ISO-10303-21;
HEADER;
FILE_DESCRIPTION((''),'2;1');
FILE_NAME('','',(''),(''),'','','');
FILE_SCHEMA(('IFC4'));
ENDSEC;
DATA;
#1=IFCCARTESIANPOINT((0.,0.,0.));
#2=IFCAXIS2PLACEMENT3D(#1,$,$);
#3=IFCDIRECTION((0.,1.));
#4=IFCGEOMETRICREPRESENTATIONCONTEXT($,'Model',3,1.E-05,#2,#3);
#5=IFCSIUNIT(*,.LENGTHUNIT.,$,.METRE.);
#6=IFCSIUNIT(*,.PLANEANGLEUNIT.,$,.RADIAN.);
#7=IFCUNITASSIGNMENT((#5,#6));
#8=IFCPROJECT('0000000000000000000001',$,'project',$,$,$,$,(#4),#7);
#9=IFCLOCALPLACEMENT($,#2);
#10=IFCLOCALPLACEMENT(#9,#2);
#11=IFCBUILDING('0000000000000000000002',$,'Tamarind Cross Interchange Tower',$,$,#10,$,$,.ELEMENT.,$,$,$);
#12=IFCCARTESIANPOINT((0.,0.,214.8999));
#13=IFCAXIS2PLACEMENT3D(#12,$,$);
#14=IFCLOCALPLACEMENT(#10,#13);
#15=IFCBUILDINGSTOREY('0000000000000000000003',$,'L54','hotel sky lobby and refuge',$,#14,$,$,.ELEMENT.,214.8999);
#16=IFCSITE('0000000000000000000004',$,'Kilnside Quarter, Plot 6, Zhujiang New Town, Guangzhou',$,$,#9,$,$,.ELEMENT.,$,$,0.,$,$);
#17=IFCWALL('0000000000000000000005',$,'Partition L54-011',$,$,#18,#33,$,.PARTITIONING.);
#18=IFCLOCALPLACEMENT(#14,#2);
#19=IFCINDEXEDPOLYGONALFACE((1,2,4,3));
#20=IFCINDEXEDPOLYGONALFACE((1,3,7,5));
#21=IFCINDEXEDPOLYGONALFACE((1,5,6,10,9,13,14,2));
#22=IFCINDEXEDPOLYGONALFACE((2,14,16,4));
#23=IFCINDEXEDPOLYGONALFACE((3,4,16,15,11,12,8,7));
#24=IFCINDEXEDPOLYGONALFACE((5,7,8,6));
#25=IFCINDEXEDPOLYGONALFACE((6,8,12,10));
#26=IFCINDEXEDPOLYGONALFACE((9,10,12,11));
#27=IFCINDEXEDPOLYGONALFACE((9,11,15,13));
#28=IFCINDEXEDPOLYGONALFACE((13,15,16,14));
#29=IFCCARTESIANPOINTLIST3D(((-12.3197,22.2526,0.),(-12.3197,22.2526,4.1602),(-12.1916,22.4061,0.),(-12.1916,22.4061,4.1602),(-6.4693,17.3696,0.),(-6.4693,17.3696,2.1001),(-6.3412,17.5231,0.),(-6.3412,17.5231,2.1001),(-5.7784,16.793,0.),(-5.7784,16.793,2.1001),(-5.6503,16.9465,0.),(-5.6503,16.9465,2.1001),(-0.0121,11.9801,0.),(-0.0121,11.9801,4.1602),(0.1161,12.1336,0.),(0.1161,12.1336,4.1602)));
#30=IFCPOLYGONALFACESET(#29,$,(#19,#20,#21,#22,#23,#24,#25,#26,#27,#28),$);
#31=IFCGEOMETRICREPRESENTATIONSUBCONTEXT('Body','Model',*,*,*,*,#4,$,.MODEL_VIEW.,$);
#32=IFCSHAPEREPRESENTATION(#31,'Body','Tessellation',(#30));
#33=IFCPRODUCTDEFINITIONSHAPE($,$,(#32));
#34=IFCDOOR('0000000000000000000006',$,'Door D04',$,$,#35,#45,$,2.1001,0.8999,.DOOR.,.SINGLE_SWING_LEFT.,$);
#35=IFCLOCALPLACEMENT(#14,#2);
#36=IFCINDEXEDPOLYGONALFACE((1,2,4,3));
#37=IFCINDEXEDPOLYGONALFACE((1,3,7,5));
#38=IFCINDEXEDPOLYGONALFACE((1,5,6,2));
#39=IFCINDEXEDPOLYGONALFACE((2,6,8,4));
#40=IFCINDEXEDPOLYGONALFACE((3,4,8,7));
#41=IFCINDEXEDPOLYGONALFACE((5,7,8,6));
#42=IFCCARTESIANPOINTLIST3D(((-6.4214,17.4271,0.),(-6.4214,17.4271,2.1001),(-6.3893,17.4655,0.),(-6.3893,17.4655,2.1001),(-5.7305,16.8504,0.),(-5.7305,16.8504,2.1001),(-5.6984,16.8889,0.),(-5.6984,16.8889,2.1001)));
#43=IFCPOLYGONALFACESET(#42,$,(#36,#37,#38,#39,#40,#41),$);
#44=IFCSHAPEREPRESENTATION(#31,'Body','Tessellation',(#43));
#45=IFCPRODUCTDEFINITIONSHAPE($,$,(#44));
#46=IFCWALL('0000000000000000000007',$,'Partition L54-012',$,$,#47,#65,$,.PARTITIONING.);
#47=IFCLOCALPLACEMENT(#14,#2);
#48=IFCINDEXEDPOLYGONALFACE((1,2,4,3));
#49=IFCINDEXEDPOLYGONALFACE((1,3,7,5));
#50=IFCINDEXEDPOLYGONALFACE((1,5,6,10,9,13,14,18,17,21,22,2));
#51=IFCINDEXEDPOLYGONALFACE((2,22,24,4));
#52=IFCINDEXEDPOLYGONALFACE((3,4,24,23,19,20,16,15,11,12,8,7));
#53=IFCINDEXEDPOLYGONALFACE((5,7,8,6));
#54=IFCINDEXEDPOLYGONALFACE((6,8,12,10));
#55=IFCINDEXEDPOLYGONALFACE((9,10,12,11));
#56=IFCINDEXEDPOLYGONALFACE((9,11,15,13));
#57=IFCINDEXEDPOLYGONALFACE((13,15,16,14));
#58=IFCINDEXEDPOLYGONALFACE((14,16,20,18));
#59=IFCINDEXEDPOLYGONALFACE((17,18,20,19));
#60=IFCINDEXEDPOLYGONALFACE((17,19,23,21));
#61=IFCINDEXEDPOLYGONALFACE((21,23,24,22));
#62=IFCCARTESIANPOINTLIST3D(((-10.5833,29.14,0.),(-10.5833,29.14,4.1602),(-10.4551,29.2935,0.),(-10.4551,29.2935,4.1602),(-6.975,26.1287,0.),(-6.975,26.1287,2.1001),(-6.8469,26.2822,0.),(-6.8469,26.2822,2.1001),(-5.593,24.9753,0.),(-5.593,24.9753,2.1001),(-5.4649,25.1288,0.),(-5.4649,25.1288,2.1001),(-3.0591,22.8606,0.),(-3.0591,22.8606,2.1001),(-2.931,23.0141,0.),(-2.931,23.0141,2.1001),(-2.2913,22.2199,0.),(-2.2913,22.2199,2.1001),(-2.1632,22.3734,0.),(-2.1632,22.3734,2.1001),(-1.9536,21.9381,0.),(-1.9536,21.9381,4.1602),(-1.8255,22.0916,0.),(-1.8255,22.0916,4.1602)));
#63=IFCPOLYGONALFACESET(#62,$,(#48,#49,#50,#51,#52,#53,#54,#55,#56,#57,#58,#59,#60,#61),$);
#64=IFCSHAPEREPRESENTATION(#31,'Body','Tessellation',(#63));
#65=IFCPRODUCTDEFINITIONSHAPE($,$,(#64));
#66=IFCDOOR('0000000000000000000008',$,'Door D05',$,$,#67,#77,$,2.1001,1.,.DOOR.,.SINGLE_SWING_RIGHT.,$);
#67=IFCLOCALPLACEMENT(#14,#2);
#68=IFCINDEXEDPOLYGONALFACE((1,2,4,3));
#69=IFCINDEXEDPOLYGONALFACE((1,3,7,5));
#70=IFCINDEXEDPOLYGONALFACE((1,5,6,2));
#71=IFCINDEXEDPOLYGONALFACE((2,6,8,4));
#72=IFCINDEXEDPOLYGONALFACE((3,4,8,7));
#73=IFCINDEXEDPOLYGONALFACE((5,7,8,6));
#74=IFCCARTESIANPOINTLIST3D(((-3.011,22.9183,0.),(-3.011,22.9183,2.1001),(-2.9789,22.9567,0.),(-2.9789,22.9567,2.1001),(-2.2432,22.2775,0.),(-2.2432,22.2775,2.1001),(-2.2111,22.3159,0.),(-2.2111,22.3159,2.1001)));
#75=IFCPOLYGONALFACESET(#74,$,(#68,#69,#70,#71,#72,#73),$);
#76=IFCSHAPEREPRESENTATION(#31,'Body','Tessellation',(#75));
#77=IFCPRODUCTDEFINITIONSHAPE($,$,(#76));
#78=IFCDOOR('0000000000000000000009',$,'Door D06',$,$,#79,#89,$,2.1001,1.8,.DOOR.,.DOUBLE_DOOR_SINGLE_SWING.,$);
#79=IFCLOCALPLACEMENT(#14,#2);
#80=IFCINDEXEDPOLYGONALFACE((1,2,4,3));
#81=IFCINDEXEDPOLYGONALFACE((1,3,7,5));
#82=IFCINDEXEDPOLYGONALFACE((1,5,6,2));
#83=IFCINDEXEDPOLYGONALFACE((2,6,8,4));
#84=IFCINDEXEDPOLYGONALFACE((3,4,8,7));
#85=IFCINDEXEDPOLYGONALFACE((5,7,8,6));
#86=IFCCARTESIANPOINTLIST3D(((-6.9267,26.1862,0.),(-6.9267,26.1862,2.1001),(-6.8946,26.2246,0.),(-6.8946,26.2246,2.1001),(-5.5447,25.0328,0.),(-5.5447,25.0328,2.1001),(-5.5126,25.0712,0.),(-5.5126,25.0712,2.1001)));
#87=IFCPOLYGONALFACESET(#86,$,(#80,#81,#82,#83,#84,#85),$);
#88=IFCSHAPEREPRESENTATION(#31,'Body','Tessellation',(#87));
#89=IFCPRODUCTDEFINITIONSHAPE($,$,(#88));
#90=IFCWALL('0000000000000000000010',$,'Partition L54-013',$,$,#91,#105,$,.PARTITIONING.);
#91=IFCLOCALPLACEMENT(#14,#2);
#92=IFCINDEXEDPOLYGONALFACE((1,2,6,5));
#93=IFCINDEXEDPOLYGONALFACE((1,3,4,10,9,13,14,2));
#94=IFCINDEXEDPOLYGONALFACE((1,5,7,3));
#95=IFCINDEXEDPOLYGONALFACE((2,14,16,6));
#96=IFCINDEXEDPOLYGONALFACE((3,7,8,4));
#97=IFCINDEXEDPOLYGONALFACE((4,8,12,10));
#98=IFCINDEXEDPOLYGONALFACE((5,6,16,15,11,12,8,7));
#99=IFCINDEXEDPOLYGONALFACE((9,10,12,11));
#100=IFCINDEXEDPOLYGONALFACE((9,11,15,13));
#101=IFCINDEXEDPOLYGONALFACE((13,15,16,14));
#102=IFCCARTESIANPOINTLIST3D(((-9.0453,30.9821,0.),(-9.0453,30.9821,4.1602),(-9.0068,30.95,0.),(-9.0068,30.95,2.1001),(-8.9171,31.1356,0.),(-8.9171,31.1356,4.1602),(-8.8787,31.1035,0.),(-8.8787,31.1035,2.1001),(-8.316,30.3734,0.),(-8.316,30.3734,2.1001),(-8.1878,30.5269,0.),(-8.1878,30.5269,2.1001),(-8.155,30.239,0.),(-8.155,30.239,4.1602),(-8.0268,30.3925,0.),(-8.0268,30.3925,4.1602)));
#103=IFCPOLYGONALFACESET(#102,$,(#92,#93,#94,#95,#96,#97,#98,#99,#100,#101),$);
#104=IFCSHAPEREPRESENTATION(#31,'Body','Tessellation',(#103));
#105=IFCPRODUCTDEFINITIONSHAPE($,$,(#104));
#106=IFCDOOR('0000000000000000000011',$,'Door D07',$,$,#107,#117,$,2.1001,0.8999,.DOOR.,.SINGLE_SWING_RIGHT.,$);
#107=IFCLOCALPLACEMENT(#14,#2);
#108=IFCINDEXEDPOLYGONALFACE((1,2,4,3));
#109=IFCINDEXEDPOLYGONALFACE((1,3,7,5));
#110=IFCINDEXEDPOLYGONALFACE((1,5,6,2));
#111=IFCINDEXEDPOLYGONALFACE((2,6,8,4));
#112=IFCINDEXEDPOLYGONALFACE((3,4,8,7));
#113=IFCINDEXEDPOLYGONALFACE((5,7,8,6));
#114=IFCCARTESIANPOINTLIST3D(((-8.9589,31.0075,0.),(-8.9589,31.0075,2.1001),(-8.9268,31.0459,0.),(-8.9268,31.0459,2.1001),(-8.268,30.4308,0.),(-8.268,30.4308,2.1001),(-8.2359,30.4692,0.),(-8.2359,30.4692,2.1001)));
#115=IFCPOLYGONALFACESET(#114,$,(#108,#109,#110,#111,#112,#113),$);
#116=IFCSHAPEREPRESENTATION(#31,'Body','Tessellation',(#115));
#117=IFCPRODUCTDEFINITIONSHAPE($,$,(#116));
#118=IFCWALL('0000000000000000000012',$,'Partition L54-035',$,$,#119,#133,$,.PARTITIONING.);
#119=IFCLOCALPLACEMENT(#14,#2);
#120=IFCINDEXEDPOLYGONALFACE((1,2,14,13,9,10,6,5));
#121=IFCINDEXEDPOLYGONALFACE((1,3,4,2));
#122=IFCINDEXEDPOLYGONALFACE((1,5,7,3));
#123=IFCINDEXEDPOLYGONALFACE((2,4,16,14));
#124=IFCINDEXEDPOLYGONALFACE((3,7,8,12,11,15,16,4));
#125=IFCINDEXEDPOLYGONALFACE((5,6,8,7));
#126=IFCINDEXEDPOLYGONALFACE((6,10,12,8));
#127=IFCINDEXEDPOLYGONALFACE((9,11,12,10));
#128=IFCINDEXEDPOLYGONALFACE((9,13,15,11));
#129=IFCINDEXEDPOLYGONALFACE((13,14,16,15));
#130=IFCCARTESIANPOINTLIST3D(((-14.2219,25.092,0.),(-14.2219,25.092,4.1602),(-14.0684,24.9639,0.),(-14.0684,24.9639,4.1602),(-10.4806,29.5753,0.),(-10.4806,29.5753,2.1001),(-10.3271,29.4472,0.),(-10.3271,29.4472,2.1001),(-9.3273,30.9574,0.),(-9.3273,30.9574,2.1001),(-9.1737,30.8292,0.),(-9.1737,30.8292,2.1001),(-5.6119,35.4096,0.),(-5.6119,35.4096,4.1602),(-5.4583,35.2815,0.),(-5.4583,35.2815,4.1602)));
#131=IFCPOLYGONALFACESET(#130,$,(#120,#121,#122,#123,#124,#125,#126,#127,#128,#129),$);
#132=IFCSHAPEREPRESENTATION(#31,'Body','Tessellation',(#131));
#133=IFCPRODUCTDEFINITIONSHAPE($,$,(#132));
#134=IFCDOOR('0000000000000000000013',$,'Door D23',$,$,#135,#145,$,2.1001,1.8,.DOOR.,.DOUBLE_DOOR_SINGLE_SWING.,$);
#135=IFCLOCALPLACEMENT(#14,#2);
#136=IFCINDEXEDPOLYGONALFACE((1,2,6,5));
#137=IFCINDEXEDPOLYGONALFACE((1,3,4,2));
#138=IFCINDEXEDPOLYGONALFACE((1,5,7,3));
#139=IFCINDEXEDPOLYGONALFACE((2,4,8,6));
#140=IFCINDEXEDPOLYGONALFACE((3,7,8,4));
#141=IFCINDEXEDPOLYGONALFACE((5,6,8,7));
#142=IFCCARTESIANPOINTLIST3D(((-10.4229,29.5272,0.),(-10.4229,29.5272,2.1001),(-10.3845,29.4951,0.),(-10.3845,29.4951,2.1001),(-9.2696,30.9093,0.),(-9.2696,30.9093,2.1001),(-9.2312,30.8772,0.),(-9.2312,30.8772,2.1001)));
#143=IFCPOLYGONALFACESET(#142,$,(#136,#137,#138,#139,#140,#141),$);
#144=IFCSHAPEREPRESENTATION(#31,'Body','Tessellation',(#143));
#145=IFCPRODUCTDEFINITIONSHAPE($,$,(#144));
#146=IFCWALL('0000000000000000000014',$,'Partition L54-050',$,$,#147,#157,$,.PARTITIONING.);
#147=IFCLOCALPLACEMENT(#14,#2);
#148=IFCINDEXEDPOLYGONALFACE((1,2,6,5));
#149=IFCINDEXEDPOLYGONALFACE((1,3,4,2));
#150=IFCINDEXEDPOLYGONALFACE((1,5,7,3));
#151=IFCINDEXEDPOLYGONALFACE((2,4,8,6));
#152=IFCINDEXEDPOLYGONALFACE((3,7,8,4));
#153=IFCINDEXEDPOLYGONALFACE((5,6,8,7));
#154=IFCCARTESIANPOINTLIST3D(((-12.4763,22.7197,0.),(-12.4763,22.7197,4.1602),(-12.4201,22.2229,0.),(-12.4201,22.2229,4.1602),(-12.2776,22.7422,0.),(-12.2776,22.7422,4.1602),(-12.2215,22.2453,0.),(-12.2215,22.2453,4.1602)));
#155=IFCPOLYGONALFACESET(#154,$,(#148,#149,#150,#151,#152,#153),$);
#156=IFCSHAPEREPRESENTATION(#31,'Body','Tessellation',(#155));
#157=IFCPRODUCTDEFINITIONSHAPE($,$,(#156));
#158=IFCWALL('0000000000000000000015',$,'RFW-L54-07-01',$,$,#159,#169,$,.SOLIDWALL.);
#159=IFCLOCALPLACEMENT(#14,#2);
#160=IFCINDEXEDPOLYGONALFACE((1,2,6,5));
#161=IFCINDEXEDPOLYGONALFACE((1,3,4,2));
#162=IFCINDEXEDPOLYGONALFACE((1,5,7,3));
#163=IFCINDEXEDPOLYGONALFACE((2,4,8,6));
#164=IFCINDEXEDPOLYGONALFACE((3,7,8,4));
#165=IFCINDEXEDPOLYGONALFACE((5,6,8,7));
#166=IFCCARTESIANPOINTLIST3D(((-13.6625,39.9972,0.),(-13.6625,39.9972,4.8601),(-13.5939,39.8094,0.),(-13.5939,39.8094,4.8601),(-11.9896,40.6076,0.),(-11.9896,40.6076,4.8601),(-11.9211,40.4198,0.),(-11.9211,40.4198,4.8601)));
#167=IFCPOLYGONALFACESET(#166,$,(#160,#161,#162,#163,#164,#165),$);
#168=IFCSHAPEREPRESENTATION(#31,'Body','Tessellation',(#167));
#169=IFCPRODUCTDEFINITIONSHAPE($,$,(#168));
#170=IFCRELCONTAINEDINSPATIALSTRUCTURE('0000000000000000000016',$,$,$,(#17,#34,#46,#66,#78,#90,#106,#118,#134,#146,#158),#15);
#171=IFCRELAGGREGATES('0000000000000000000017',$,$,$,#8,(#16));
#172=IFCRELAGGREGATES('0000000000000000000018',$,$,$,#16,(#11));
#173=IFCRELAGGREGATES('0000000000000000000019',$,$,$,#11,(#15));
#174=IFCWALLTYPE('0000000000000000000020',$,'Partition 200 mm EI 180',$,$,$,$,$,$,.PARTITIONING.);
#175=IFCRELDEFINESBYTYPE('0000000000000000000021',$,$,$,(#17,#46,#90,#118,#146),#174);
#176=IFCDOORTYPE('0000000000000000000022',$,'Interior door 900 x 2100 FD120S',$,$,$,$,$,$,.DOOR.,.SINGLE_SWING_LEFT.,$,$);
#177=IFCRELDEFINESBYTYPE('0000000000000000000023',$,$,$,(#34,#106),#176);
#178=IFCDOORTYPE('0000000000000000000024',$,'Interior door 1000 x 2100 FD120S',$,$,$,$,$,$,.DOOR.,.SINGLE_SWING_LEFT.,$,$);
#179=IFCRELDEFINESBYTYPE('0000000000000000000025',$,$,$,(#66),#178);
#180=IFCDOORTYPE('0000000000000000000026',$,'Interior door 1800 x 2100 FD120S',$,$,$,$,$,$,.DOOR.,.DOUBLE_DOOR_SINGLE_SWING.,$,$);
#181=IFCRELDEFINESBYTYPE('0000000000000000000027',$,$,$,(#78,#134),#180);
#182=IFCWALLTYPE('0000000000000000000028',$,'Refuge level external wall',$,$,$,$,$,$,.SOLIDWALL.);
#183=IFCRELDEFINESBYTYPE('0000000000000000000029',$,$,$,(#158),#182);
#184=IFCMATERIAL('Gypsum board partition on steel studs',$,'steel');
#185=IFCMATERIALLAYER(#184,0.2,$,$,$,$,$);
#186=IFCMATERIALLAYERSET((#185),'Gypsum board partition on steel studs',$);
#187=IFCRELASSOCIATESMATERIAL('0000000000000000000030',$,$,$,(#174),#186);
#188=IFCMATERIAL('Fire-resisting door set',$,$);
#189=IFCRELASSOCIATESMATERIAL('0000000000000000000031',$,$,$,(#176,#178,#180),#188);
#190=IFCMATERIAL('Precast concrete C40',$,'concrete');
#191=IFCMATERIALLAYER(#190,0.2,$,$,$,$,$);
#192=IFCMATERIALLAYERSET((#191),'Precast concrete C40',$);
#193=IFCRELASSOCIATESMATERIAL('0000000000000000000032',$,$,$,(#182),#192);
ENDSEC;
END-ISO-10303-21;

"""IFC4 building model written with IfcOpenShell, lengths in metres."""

from ifc_helpers import new_model, si_unit, direction, frame, frame_2d, origin, place, context, subcontext, project, spatial, rectangle, extrude, material, layer, layer_set, type_object, element, fill, save


model = new_model("IFC4")

# Units and contexts
model_context = context("Model", 3, precision=1e-05, world=origin(), true_north=direction((0.0, 1.0)))
body_context = subcontext(model_context, "Body", "Model", "MODEL_VIEW")
ifc_project = project(units=[si_unit("LENGTHUNIT", "METRE"), si_unit("PLANEANGLEUNIT", "RADIAN")], contexts=[model_context])

# Site, building, storey
site_placement = place(None, origin())
site = spatial("IfcSite", under=ifc_project, at=site_placement, Name="Kilnside Quarter, Plot 6, Zhujiang New Town, Guangzhou", CompositionType="ELEMENT", RefElevation=0.0)
building_placement = place(site_placement, origin())
building = spatial("IfcBuilding", under=site, at=building_placement, Name="Tamarind Cross Interchange Tower", CompositionType="ELEMENT")
storey_placement = place(building_placement, frame((0.0, 0.0, 214.8999)))
storey = spatial("IfcBuildingStorey", under=building, at=storey_placement, Name="L54", Description="hotel sky lobby and refuge", CompositionType="ELEMENT", Elevation=214.8999)

# Wall, opening, door
ifc_material_1 = material(Name="Gypsum board partition on steel studs", Category="steel")
ifc_layer_1 = layer(ifc_material_1, 0.2)
ifc_layer_set_1 = layer_set([ifc_layer_1], Name="Gypsum board partition on steel studs")
wall_type_1 = type_object("IfcWallType", Name="Partition 200 mm EI 180", PredefinedType="PARTITIONING", material=ifc_layer_set_1)
wall_1_placement = place(storey_placement, frame((-12.2556, 22.3293, 0.0), z_axis=(0.0, 0.0, 1.0), x_axis=(0.767727, -0.640777, 0.0)))
wall_1 = element("IfcWall", 1, at=wall_1_placement, inside=storey, type_object=wall_type_1, Name="Partition L54-011", PredefinedType="PARTITIONING", context=body_context, shape_type="SweptSolid", body=[
    extrude(rectangle(XDim=16.0312, YDim=0.2, at=frame_2d((8.0156, 0.0))), origin(), (0.0, 0.0, 1.0), 4.1602),
])
opening_1_placement = place(wall_1_placement, frame((7.6204, 0.0, 0.0)))
opening_1 = element("IfcOpeningElement", 2, at=opening_1_placement, cuts=wall_1, PredefinedType="OPENING", context=body_context, shape_type="SweptSolid", body=[
    extrude(rectangle(XDim=0.8999, YDim=2.1001, at=frame_2d((0.45, 1.05))), frame((0.0, 0.1099, 0.0), z_axis=(0.0, -1.0, 0.0), x_axis=(1.0, 0.0, 0.0)), (0.0, 0.0, 1.0), 0.22),
])
ifc_material_2 = material(Name="Fire-resisting door set")
door_type_1 = type_object("IfcDoorType", Name="Interior door 900 x 2100 FD120S", OperationType="SINGLE_SWING_LEFT", PredefinedType="DOOR", material=ifc_material_2)
door_1_placement = place(opening_1_placement, origin())
door_1 = element("IfcDoor", 3, at=door_1_placement, inside=storey, type_object=door_type_1, Name="Door D04", OperationType="SINGLE_SWING_LEFT", OverallHeight=2.1001, OverallWidth=0.8999, PredefinedType="DOOR", context=body_context, shape_type="SweptSolid", body=[
    extrude(rectangle(XDim=0.8999, YDim=2.1001, at=frame_2d((0.45, 1.05))), frame((0.0, 0.0249, 0.0), z_axis=(0.0, -1.0, 0.0), x_axis=(1.0, 0.0, 0.0)), (0.0, 0.0, 1.0), 0.05),
])
fill(opening_1, door_1)

# Wall, openings, doors
wall_2_placement = place(storey_placement, frame((-10.5193, 29.2168, 0.0), z_axis=(0.0, 0.0, 1.0), x_axis=(0.76776, -0.640738, 0.0)))
wall_2 = element("IfcWall", 4, at=wall_2_placement, inside=storey, type_object=wall_type_1, Name="Partition L54-012", PredefinedType="PARTITIONING", context=body_context, shape_type="SweptSolid", body=[
    extrude(rectangle(XDim=11.24, YDim=0.2, at=frame_2d((5.6201, 0.0))), origin(), (0.0, 0.0, 1.0), 4.1602),
])
opening_2_placement = place(wall_2_placement, frame((9.8003, 0.0, 0.0)))
opening_2 = element("IfcOpeningElement", 5, at=opening_2_placement, cuts=wall_2, PredefinedType="OPENING", context=body_context, shape_type="SweptSolid", body=[
    extrude(rectangle(XDim=1.0, YDim=2.1001, at=frame_2d((0.5, 1.05))), frame((0.0, 0.1099, 0.0), z_axis=(0.0, -1.0, 0.0), x_axis=(1.0, 0.0, 0.0)), (0.0, 0.0, 1.0), 0.22),
])
opening_3_placement = place(wall_2_placement, frame((4.7, 0.0, 0.0)))
opening_3 = element("IfcOpeningElement", 6, at=opening_3_placement, cuts=wall_2, PredefinedType="OPENING", context=body_context, shape_type="SweptSolid", body=[
    extrude(rectangle(XDim=1.8, YDim=2.1001, at=frame_2d((0.8999, 1.05))), frame((0.0, 0.1099, 0.0), z_axis=(0.0, -1.0, 0.0), x_axis=(1.0, 0.0, 0.0)), (0.0, 0.0, 1.0), 0.22),
])
door_type_2 = type_object("IfcDoorType", Name="Interior door 1000 x 2100 FD120S", OperationType="SINGLE_SWING_LEFT", PredefinedType="DOOR", material=ifc_material_2)
door_2_placement = place(opening_2_placement, frame((1.0, 0.0, 0.0), z_axis=(0.0, 0.0, 1.0), x_axis=(-1.0, 0.0, 0.0)))
door_2 = element("IfcDoor", 7, at=door_2_placement, inside=storey, type_object=door_type_2, Name="Door D05", OperationType="SINGLE_SWING_RIGHT", OverallHeight=2.1001, OverallWidth=1.0, PredefinedType="DOOR", context=body_context, shape_type="SweptSolid", body=[
    extrude(rectangle(XDim=1.0, YDim=2.1001, at=frame_2d((0.5, 1.05))), frame((0.0, 0.0249, 0.0), z_axis=(0.0, -1.0, 0.0), x_axis=(1.0, 0.0, 0.0)), (0.0, 0.0, 1.0), 0.05),
])
fill(opening_2, door_2)
door_type_3 = type_object("IfcDoorType", Name="Interior door 1800 x 2100 FD120S", OperationType="DOUBLE_DOOR_SINGLE_SWING", PredefinedType="DOOR", material=ifc_material_2)
door_3_placement = place(opening_3_placement, frame((1.8, 0.0, 0.0), z_axis=(0.0, 0.0, 1.0), x_axis=(-1.0, 0.0, 0.0)))
door_3 = element("IfcDoor", 8, at=door_3_placement, inside=storey, type_object=door_type_3, Name="Door D06", OperationType="DOUBLE_DOOR_SINGLE_SWING", OverallHeight=2.1001, OverallWidth=1.8, PredefinedType="DOOR", context=body_context, shape_type="SweptSolid", body=[
    extrude(rectangle(XDim=1.8, YDim=2.1001, at=frame_2d((0.8999, 1.05))), frame((0.0, 0.0249, 0.0), z_axis=(0.0, -1.0, 0.0), x_axis=(1.0, 0.0, 0.0)), (0.0, 0.0, 1.0), 0.05),
])
fill(opening_3, door_3)

# Walls, openings, doors
wall_3_placement = place(storey_placement, frame((-8.9812, 31.0588, 0.0), z_axis=(0.0, 0.0, 1.0), x_axis=(0.767721, -0.640785, 0.0)))
wall_3 = element("IfcWall", 9, at=wall_3_placement, inside=storey, type_object=wall_type_1, Name="Partition L54-013", PredefinedType="PARTITIONING", context=body_context, shape_type="SweptSolid", body=[
    extrude(rectangle(XDim=1.1597, YDim=0.2, at=frame_2d((0.5798, 0.0))), origin(), (0.0, 0.0, 1.0), 4.1602),
])
opening_4_placement = place(wall_3_placement, frame((0.05, 0.0, 0.0)))
opening_4 = element("IfcOpeningElement", 10, at=opening_4_placement, cuts=wall_3, PredefinedType="OPENING", context=body_context, shape_type="SweptSolid", body=[
    extrude(rectangle(XDim=0.8999, YDim=2.1001, at=frame_2d((0.45, 1.05))), frame((0.0, 0.1099, 0.0), z_axis=(0.0, -1.0, 0.0), x_axis=(1.0, 0.0, 0.0)), (0.0, 0.0, 1.0), 0.22),
])
door_4_placement = place(opening_4_placement, origin())
door_4 = element("IfcDoor", 11, at=door_4_placement, inside=storey, type_object=door_type_1, Name="Door D07", OperationType="SINGLE_SWING_RIGHT", OverallHeight=2.1001, OverallWidth=0.8999, PredefinedType="DOOR", context=body_context, shape_type="SweptSolid", body=[
    extrude(rectangle(XDim=0.8999, YDim=2.1001, at=frame_2d((0.45, 1.05))), frame((0.0, 0.0249, 0.0), z_axis=(0.0, -1.0, 0.0), x_axis=(1.0, 0.0, 0.0)), (0.0, 0.0, 1.0), 0.05),
])
fill(opening_4, door_4)
wall_4_placement = place(storey_placement, frame((-14.1453, 25.0278, 0.0), z_axis=(0.0, 0.0, 1.0), x_axis=(0.640715, 0.767779, 0.0)))
wall_4 = element("IfcWall", 12, at=wall_4_placement, inside=storey, type_object=wall_type_1, Name="Partition L54-035", PredefinedType="PARTITIONING", context=body_context, shape_type="SweptSolid", body=[
    extrude(rectangle(XDim=13.4382, YDim=0.2, at=frame_2d((6.7192, 0.0))), origin(), (0.0, 0.0, 1.0), 4.1602),
])
opening_5_placement = place(wall_4_placement, frame((5.8396, 0.0, 0.0)))
opening_5 = element("IfcOpeningElement", 13, at=opening_5_placement, cuts=wall_4, PredefinedType="OPENING", context=body_context, shape_type="SweptSolid", body=[
    extrude(rectangle(XDim=1.8, YDim=2.1001, at=frame_2d((0.8999, 1.05))), frame((0.0, 0.1099, 0.0), z_axis=(0.0, -1.0, 0.0), x_axis=(1.0, 0.0, 0.0)), (0.0, 0.0, 1.0), 0.22),
])
door_5_placement = place(opening_5_placement, origin())
door_5 = element("IfcDoor", 14, at=door_5_placement, inside=storey, type_object=door_type_3, Name="Door D23", OperationType="DOUBLE_DOOR_SINGLE_SWING", OverallHeight=2.1001, OverallWidth=1.8, PredefinedType="DOOR", context=body_context, shape_type="SweptSolid", body=[
    extrude(rectangle(XDim=1.8, YDim=2.1001, at=frame_2d((0.8999, 1.05))), frame((0.0, 0.0249, 0.0), z_axis=(0.0, -1.0, 0.0), x_axis=(1.0, 0.0, 0.0)), (0.0, 0.0, 1.0), 0.05),
])
fill(opening_5, door_5)

# Walls
wall_5_placement = place(storey_placement, frame((-12.377, 22.731, 0.0), z_axis=(0.0, 0.0, 1.0), x_axis=(0.112307, -0.993674, 0.0)))
element("IfcWall", 15, at=wall_5_placement, inside=storey, type_object=wall_type_1, Name="Partition L54-050", PredefinedType="PARTITIONING", context=body_context, shape_type="SweptSolid", body=[
    extrude(rectangle(XDim=0.5, YDim=0.2, at=frame_2d((0.25, 0.0))), origin(), (0.0, 0.0, 1.0), 4.1602),
])
ifc_material_3 = material(Name="Precast concrete C40", Category="concrete")
ifc_layer_2 = layer(ifc_material_3, 0.2)
ifc_layer_set_2 = layer_set([ifc_layer_2], Name="Precast concrete C40")
wall_type_2 = type_object("IfcWallType", Name="Refuge level external wall", PredefinedType="SOLIDWALL", material=ifc_layer_set_2)
wall_6_placement = place(storey_placement, frame((-11.9553, 40.5137, 0.0), z_axis=(0.0, 0.0, 1.0), x_axis=(-0.939425, -0.342756, 0.0)))
element("IfcWall", 16, at=wall_6_placement, inside=storey, type_object=wall_type_2, Name="RFW-L54-07-01", PredefinedType="SOLIDWALL", context=body_context, shape_type="SweptSolid", body=[
    extrude(rectangle(XDim=1.7808, YDim=0.2, at=frame_2d((0.8904, 0.0))), origin(), (0.0, 0.0, 1.0), 4.8601),
])

save(model, "model.ifc")
